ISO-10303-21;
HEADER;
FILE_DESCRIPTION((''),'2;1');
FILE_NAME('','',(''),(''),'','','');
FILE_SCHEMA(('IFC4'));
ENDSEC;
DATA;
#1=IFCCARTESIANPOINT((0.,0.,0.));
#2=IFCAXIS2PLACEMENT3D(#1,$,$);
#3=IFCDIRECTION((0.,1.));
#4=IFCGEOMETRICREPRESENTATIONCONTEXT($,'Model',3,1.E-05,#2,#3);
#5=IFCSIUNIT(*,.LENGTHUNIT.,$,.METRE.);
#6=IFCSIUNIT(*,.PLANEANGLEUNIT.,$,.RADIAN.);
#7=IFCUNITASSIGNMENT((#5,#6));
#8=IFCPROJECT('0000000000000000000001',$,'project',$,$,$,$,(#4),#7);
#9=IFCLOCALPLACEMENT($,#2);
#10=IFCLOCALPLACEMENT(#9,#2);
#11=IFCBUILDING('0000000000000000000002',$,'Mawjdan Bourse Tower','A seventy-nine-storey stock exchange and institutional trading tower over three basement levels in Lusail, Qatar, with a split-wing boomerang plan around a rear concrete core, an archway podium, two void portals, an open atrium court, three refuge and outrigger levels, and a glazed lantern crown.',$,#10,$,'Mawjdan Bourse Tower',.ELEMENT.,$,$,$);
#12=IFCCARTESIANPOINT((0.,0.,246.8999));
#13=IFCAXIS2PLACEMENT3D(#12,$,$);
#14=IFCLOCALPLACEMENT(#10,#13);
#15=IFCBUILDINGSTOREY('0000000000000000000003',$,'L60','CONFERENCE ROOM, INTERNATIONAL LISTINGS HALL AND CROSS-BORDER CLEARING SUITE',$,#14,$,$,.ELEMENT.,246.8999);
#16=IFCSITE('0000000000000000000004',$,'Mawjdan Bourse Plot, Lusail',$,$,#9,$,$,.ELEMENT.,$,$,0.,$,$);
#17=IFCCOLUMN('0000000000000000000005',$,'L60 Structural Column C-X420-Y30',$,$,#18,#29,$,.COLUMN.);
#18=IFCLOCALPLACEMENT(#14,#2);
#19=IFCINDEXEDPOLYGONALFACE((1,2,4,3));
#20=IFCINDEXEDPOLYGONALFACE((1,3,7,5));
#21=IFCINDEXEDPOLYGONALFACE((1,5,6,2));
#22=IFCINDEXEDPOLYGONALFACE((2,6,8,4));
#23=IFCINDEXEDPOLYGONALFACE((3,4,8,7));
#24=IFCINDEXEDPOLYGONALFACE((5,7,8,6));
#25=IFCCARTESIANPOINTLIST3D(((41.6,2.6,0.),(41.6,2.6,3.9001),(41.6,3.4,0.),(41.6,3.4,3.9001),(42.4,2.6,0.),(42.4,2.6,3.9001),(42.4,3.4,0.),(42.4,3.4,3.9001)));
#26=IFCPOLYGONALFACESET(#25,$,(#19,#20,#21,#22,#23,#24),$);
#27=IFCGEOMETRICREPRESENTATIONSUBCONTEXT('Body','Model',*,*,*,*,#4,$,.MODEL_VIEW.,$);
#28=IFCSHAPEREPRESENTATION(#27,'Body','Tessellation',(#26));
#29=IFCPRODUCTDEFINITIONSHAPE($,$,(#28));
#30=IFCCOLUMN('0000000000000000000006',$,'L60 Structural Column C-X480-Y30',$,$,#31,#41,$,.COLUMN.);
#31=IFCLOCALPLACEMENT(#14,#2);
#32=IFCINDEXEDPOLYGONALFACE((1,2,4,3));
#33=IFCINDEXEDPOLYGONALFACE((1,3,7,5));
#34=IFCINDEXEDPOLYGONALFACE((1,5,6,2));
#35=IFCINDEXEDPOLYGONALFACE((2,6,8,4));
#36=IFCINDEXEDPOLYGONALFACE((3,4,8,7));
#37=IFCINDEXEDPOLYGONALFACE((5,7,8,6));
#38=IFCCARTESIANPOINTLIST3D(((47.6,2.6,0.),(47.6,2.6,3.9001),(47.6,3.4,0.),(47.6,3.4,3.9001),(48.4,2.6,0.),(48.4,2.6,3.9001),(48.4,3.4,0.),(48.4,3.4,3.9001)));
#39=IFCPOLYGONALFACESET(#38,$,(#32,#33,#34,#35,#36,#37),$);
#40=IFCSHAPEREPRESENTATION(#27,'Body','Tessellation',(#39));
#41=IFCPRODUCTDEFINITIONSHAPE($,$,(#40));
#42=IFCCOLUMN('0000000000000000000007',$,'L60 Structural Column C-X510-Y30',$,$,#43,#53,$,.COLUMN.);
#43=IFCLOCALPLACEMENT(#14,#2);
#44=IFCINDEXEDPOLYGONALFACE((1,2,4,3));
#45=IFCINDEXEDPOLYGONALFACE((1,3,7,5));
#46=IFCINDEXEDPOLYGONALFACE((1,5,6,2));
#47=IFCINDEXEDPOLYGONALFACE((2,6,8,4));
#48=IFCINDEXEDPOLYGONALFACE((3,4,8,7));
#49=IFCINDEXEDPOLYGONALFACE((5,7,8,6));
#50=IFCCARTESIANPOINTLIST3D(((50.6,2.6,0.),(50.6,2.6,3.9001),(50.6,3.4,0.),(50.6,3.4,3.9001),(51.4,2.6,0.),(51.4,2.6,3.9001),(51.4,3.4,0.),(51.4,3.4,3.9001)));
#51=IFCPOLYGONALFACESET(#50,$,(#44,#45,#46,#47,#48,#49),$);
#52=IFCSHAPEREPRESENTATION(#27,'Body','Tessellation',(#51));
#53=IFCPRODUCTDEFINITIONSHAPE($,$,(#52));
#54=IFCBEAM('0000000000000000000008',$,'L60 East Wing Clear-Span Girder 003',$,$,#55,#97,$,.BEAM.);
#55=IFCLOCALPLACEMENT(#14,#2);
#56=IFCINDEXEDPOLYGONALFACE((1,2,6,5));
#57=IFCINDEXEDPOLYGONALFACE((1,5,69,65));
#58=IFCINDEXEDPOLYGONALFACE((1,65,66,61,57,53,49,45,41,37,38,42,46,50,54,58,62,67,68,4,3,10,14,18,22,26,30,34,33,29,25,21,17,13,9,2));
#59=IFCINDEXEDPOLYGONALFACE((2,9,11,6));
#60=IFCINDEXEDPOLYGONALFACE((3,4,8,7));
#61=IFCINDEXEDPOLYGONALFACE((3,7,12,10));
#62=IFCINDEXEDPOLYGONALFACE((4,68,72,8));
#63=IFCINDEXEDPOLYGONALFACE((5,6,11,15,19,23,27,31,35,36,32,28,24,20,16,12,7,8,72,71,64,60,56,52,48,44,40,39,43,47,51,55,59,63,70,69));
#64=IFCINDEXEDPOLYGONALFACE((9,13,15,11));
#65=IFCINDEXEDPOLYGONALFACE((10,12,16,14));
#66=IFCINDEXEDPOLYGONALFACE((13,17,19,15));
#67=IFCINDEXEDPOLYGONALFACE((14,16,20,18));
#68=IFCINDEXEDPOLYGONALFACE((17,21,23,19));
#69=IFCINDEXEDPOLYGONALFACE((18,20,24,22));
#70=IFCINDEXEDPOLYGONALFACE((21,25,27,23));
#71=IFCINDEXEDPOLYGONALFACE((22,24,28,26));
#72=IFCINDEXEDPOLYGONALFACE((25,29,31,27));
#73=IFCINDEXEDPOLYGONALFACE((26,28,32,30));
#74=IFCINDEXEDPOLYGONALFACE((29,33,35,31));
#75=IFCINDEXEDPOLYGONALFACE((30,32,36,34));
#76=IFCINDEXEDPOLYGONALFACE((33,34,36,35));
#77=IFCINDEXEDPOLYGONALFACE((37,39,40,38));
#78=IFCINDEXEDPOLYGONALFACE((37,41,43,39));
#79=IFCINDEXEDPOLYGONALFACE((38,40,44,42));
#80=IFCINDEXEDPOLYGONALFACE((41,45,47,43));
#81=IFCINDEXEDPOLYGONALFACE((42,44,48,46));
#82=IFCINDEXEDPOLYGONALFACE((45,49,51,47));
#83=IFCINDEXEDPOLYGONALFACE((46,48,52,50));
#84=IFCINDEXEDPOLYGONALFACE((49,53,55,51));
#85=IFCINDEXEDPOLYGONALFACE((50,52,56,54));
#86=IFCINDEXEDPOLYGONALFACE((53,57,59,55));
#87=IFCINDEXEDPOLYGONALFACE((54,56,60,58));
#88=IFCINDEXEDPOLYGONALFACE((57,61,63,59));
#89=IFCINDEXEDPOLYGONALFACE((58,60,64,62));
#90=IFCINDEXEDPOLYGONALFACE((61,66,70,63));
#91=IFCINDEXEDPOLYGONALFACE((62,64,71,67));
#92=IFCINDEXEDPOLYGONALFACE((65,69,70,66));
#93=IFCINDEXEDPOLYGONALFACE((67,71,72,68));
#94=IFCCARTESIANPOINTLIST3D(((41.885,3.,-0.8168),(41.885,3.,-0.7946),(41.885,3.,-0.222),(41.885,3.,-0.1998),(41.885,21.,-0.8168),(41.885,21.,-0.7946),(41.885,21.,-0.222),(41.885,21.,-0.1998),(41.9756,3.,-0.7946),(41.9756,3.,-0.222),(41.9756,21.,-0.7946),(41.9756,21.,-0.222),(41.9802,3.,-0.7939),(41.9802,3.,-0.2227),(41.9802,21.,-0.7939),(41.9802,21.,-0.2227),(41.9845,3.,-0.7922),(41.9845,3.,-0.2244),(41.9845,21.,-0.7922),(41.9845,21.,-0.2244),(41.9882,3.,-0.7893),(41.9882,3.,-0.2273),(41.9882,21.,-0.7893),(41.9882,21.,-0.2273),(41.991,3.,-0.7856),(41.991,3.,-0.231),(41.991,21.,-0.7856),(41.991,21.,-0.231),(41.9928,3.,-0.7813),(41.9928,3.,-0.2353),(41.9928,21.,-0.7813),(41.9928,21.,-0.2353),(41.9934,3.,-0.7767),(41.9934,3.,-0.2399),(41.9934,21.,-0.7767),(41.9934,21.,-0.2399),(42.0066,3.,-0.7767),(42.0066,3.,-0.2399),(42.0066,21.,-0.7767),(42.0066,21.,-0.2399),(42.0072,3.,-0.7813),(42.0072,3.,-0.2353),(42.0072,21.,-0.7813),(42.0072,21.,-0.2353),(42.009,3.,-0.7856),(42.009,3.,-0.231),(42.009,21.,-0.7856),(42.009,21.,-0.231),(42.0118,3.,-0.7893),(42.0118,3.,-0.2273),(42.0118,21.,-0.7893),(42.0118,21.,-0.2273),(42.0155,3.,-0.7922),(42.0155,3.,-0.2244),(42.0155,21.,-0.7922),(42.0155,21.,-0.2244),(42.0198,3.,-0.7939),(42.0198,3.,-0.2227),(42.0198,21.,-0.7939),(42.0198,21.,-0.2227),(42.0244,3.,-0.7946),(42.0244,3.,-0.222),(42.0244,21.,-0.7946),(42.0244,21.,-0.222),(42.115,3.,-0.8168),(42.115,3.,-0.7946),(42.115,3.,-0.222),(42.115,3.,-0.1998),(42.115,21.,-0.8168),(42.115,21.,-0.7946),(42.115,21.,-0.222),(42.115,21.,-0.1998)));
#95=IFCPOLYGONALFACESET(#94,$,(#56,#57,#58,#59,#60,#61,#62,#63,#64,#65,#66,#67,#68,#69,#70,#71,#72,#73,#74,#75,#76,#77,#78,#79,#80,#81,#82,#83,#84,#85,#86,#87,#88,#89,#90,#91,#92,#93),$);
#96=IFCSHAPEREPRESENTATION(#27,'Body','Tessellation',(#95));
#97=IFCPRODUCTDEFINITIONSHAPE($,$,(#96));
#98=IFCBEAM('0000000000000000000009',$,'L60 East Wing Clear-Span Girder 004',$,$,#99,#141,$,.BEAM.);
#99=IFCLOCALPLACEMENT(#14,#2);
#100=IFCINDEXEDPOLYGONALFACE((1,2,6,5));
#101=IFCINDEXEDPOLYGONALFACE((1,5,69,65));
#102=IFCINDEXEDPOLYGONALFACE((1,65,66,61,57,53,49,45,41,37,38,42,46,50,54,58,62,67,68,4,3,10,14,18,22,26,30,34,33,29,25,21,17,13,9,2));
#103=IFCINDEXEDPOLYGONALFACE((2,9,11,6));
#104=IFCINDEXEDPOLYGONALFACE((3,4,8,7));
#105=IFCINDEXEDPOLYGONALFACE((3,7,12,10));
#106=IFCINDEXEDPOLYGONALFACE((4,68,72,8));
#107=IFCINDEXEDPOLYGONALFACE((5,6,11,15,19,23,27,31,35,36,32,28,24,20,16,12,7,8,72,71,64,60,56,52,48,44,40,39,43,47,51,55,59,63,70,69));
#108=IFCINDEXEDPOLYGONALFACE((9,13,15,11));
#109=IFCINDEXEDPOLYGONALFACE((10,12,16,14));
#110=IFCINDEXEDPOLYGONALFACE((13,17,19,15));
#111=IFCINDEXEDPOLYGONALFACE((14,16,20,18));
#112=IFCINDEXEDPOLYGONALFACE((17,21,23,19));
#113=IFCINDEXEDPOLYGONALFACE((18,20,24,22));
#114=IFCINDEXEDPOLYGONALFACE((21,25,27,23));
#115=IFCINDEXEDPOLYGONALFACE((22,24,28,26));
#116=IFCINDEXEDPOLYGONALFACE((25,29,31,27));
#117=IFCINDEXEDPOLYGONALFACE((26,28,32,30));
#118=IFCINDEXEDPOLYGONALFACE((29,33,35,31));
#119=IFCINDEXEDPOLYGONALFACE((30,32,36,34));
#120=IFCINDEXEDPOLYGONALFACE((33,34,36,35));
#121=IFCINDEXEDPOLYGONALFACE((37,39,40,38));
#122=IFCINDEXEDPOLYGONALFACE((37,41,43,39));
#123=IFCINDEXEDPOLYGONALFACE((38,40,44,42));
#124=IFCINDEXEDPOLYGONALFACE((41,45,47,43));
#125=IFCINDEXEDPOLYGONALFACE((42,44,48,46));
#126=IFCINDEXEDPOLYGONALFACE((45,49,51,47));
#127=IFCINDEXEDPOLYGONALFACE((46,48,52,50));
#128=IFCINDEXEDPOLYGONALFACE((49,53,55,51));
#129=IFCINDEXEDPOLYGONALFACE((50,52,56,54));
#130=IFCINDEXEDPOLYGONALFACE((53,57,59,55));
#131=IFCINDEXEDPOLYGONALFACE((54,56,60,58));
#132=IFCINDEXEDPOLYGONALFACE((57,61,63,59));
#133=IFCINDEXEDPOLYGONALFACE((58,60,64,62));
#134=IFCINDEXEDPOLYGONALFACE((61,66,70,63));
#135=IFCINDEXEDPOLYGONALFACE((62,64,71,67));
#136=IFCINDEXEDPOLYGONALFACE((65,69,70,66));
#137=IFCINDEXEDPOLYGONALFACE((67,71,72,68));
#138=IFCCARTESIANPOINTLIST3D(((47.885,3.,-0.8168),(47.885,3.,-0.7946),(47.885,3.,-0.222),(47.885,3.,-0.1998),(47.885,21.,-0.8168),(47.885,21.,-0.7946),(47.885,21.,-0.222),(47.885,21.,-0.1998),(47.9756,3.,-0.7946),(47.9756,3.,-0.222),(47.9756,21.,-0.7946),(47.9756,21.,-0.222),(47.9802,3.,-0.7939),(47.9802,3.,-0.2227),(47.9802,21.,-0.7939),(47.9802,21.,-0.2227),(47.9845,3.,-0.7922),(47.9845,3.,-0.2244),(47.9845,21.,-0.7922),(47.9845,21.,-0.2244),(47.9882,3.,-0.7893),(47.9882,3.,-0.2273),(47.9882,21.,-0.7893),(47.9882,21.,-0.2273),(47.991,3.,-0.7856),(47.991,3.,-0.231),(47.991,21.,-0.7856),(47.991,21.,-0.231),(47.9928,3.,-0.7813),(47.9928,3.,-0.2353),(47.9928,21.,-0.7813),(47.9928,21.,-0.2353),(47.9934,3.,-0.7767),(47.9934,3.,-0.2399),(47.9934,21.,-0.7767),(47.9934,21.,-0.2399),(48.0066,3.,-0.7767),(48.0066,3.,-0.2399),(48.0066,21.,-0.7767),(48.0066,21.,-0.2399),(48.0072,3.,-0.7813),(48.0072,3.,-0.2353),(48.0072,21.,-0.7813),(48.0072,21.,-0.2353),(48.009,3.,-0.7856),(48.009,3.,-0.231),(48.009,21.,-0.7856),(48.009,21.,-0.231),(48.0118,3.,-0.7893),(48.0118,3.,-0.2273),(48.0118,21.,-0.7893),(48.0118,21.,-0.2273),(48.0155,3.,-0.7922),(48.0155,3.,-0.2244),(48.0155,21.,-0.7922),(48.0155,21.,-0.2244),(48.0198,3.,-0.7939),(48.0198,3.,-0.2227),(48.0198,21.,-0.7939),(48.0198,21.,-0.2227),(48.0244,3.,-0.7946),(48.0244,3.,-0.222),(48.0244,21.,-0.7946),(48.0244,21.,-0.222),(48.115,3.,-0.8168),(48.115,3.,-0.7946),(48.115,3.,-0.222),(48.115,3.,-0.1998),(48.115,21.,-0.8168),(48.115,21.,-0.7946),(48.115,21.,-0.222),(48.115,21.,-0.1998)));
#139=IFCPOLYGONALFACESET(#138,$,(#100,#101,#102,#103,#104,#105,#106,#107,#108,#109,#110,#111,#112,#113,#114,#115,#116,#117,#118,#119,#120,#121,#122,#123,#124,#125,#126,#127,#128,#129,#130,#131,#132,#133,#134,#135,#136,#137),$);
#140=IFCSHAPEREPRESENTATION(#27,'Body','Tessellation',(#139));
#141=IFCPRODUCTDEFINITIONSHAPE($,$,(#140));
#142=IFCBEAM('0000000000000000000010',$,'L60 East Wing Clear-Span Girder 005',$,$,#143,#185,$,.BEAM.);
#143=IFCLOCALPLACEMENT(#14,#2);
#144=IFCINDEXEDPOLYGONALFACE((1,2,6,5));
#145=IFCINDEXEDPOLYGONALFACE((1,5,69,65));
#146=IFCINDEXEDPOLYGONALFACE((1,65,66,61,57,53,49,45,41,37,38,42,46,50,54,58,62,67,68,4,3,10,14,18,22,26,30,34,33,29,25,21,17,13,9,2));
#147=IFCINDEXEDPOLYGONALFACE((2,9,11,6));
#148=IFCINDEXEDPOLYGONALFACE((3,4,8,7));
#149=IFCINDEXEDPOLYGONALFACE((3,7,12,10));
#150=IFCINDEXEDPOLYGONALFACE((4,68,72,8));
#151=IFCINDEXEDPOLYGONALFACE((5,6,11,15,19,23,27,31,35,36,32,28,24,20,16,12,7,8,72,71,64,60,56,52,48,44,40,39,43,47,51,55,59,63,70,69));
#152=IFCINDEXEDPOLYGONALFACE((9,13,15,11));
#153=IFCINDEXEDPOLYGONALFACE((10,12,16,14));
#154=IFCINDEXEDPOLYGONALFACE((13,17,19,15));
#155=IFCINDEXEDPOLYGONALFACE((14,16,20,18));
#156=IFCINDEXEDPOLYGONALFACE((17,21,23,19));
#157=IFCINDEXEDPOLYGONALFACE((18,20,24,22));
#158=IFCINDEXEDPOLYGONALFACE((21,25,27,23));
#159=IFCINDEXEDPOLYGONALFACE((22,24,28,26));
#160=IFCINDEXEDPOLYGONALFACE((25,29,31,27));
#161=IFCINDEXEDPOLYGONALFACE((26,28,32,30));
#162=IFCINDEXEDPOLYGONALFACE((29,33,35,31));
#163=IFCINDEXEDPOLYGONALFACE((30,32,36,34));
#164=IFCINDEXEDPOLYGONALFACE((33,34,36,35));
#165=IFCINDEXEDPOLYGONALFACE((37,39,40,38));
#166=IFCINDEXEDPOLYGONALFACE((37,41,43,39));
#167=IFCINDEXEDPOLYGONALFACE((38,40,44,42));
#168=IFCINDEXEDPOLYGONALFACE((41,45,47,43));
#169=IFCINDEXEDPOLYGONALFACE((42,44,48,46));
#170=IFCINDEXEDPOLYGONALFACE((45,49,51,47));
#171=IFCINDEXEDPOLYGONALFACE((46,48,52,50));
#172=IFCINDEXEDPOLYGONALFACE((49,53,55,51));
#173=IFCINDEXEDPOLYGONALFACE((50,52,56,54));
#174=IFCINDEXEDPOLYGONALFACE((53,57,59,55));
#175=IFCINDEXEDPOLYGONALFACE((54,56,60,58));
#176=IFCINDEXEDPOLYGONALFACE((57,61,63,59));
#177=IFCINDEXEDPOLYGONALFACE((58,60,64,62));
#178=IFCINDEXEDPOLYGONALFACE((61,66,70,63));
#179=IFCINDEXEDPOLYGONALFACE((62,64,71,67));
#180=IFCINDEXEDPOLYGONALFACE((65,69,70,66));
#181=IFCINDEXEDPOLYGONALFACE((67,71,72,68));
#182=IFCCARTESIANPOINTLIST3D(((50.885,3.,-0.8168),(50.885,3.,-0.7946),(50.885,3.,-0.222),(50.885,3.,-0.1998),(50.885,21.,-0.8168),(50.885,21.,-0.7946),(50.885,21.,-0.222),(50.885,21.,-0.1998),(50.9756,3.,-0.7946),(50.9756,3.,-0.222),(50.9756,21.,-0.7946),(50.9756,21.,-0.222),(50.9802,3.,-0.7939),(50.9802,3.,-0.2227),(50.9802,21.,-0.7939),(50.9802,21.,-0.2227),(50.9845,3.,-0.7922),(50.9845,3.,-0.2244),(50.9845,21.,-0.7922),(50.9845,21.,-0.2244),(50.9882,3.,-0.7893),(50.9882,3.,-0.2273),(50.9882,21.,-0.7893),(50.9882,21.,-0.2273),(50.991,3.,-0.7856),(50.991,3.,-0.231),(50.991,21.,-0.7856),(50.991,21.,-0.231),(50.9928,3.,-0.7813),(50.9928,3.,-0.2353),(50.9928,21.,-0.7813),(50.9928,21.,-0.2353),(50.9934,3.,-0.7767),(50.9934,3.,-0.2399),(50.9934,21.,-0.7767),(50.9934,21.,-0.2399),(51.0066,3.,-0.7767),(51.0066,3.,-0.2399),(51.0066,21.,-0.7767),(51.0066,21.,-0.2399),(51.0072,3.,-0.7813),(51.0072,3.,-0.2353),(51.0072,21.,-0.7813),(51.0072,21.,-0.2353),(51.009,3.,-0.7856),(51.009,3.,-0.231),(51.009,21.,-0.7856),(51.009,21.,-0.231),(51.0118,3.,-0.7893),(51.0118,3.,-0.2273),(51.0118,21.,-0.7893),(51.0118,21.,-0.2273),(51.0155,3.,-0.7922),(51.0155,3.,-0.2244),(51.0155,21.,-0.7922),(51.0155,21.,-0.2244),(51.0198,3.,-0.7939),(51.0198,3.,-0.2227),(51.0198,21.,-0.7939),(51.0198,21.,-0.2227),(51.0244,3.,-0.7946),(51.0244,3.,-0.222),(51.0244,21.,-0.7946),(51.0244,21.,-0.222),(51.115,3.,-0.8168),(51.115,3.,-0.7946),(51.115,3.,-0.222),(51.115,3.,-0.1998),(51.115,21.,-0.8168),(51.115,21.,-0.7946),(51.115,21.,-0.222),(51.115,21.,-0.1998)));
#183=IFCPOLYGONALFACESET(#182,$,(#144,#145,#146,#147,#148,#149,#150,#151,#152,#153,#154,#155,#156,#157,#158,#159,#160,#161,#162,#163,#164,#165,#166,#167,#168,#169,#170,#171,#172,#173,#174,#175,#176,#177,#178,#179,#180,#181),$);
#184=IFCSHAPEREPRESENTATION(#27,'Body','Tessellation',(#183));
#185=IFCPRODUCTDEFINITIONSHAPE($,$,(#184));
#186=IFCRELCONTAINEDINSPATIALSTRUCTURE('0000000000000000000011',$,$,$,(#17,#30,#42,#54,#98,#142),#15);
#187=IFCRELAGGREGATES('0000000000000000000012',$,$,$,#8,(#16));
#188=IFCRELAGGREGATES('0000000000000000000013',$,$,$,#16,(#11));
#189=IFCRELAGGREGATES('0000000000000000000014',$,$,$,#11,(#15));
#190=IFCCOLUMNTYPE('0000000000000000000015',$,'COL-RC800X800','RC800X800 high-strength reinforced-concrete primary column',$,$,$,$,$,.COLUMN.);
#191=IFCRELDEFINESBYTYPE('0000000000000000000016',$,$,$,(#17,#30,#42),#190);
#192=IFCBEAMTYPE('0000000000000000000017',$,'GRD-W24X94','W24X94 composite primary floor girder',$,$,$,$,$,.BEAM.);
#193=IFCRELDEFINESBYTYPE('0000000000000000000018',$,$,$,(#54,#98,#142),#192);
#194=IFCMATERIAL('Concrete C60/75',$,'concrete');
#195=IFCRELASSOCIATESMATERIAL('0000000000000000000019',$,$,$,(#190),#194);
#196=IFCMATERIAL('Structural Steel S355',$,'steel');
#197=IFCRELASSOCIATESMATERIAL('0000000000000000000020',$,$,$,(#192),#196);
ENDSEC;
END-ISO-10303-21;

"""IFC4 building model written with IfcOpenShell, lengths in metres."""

from ifc_helpers import new_model, si_unit, direction, frame, origin, origin_2d, place, context, subcontext, project, spatial, rectangle, i_section, extrude, material, material_profile, profile_set, type_object, element, save


model = new_model("IFC4")

# Units and contexts
model_context = context("Model", 3, precision=1e-05, world=origin(), true_north=direction((0.0, 1.0)))
body_context = subcontext(model_context, "Body", "Model", "MODEL_VIEW")
ifc_project = project(units=[si_unit("LENGTHUNIT", "METRE"), si_unit("PLANEANGLEUNIT", "RADIAN")], contexts=[model_context])

# Site, building, storey
site_placement = place(None, origin())
site = spatial("IfcSite", under=ifc_project, at=site_placement, Name="Mawjdan Bourse Plot, Lusail", CompositionType="ELEMENT", RefElevation=0.0)
building_placement = place(site_placement, origin())
building = spatial("IfcBuilding", under=site, at=building_placement, Name="Mawjdan Bourse Tower", Description="A seventy-nine-storey stock exchange and institutional trading tower over three basement levels in Lusail, Qatar, with a split-wing boomerang plan around a rear concrete core, an archway podium, two void portals, an open atrium court, three refuge and outrigger levels, and a glazed lantern crown.", LongName="Mawjdan Bourse Tower", CompositionType="ELEMENT")
storey_placement = place(building_placement, frame((0.0, 0.0, 246.8999)))
storey = spatial("IfcBuildingStorey", under=building, at=storey_placement, Name="L60", Description="CONFERENCE ROOM, INTERNATIONAL LISTINGS HALL AND CROSS-BORDER CLEARING SUITE", CompositionType="ELEMENT", Elevation=246.8999)

# Columns
ifc_material_1 = material(Name="Concrete C60/75", Category="concrete")
ifc_material_profile_1 = material_profile(ifc_material_1, rectangle(XDim=0.8, YDim=0.8, at=origin_2d()), Name="RC800X800")
ifc_profile_set_1 = profile_set([ifc_material_profile_1], Name="Concrete C60/75")
column_type = type_object("IfcColumnType", Name="COL-RC800X800", Description="RC800X800 high-strength reinforced-concrete primary column", PredefinedType="COLUMN", material=ifc_profile_set_1)
for number, where, z_axis, x_axis, name in (
    (1, (42.0, 3.0, 0.0), (0.0, 0.0, 1.0), (1.0, 0.0, 0.0), "L60 Structural Column C-X420-Y30"),
    (2, (48.0, 3.0, 0.0), (0.0, 0.0, 1.0), (1.0, 0.0, 0.0), "L60 Structural Column C-X480-Y30"),
    (3, (51.0, 3.0, 0.0), (0.0, 0.0, 1.0), (1.0, 0.0, 0.0), "L60 Structural Column C-X510-Y30"),
):
    element("IfcColumn", number, at=place(storey_placement, frame(where, z_axis=z_axis, x_axis=x_axis)), inside=storey, type_object=column_type, Name=name, PredefinedType="COLUMN", context=body_context, shape_type="SweptSolid", body=[
        extrude(rectangle(XDim=0.8, YDim=0.8, at=origin_2d()), origin(), (0.0, 0.0, 1.0), 3.9001),
    ])

# Beams
ifc_material_2 = material(Name="Structural Steel S355", Category="steel")
ifc_material_profile_2 = material_profile(ifc_material_2, i_section(OverallWidth=0.23, OverallDepth=0.6169, WebThickness=0.0132, FlangeThickness=0.0222, FilletRadius=0.0178, at=origin_2d()), Name="W24X94")
ifc_profile_set_2 = profile_set([ifc_material_profile_2], Name="Structural Steel S355")
beam_type_1 = type_object("IfcBeamType", Name="GRD-W24X94", Description="W24X94 composite primary floor girder", PredefinedType="BEAM", material=ifc_profile_set_2)
for number, where, z_axis, x_axis, name in (
    (4, (42.0, 3.0, -0.5083), (0.0, 1.0, 0.0), (-1.0, 0.0, 0.0), "L60 East Wing Clear-Span Girder 003"),
    (5, (48.0, 3.0, -0.5083), (0.0, 1.0, 0.0), (-1.0, 0.0, 0.0), "L60 East Wing Clear-Span Girder 004"),
    (6, (51.0, 3.0, -0.5083), (0.0, 1.0, 0.0), (-1.0, 0.0, 0.0), "L60 East Wing Clear-Span Girder 005"),
):
    element("IfcBeam", number, at=place(storey_placement, frame(where, z_axis=z_axis, x_axis=x_axis)), inside=storey, type_object=beam_type_1, Name=name, PredefinedType="BEAM", context=body_context, shape_type="SweptSolid", body=[
        extrude(i_section(OverallWidth=0.23, OverallDepth=0.6169, WebThickness=0.0132, FlangeThickness=0.0222, FilletRadius=0.0178, at=origin_2d()), origin(), (0.0, 0.0, 1.0), 18.0),
    ])

save(model, "model.ifc")
